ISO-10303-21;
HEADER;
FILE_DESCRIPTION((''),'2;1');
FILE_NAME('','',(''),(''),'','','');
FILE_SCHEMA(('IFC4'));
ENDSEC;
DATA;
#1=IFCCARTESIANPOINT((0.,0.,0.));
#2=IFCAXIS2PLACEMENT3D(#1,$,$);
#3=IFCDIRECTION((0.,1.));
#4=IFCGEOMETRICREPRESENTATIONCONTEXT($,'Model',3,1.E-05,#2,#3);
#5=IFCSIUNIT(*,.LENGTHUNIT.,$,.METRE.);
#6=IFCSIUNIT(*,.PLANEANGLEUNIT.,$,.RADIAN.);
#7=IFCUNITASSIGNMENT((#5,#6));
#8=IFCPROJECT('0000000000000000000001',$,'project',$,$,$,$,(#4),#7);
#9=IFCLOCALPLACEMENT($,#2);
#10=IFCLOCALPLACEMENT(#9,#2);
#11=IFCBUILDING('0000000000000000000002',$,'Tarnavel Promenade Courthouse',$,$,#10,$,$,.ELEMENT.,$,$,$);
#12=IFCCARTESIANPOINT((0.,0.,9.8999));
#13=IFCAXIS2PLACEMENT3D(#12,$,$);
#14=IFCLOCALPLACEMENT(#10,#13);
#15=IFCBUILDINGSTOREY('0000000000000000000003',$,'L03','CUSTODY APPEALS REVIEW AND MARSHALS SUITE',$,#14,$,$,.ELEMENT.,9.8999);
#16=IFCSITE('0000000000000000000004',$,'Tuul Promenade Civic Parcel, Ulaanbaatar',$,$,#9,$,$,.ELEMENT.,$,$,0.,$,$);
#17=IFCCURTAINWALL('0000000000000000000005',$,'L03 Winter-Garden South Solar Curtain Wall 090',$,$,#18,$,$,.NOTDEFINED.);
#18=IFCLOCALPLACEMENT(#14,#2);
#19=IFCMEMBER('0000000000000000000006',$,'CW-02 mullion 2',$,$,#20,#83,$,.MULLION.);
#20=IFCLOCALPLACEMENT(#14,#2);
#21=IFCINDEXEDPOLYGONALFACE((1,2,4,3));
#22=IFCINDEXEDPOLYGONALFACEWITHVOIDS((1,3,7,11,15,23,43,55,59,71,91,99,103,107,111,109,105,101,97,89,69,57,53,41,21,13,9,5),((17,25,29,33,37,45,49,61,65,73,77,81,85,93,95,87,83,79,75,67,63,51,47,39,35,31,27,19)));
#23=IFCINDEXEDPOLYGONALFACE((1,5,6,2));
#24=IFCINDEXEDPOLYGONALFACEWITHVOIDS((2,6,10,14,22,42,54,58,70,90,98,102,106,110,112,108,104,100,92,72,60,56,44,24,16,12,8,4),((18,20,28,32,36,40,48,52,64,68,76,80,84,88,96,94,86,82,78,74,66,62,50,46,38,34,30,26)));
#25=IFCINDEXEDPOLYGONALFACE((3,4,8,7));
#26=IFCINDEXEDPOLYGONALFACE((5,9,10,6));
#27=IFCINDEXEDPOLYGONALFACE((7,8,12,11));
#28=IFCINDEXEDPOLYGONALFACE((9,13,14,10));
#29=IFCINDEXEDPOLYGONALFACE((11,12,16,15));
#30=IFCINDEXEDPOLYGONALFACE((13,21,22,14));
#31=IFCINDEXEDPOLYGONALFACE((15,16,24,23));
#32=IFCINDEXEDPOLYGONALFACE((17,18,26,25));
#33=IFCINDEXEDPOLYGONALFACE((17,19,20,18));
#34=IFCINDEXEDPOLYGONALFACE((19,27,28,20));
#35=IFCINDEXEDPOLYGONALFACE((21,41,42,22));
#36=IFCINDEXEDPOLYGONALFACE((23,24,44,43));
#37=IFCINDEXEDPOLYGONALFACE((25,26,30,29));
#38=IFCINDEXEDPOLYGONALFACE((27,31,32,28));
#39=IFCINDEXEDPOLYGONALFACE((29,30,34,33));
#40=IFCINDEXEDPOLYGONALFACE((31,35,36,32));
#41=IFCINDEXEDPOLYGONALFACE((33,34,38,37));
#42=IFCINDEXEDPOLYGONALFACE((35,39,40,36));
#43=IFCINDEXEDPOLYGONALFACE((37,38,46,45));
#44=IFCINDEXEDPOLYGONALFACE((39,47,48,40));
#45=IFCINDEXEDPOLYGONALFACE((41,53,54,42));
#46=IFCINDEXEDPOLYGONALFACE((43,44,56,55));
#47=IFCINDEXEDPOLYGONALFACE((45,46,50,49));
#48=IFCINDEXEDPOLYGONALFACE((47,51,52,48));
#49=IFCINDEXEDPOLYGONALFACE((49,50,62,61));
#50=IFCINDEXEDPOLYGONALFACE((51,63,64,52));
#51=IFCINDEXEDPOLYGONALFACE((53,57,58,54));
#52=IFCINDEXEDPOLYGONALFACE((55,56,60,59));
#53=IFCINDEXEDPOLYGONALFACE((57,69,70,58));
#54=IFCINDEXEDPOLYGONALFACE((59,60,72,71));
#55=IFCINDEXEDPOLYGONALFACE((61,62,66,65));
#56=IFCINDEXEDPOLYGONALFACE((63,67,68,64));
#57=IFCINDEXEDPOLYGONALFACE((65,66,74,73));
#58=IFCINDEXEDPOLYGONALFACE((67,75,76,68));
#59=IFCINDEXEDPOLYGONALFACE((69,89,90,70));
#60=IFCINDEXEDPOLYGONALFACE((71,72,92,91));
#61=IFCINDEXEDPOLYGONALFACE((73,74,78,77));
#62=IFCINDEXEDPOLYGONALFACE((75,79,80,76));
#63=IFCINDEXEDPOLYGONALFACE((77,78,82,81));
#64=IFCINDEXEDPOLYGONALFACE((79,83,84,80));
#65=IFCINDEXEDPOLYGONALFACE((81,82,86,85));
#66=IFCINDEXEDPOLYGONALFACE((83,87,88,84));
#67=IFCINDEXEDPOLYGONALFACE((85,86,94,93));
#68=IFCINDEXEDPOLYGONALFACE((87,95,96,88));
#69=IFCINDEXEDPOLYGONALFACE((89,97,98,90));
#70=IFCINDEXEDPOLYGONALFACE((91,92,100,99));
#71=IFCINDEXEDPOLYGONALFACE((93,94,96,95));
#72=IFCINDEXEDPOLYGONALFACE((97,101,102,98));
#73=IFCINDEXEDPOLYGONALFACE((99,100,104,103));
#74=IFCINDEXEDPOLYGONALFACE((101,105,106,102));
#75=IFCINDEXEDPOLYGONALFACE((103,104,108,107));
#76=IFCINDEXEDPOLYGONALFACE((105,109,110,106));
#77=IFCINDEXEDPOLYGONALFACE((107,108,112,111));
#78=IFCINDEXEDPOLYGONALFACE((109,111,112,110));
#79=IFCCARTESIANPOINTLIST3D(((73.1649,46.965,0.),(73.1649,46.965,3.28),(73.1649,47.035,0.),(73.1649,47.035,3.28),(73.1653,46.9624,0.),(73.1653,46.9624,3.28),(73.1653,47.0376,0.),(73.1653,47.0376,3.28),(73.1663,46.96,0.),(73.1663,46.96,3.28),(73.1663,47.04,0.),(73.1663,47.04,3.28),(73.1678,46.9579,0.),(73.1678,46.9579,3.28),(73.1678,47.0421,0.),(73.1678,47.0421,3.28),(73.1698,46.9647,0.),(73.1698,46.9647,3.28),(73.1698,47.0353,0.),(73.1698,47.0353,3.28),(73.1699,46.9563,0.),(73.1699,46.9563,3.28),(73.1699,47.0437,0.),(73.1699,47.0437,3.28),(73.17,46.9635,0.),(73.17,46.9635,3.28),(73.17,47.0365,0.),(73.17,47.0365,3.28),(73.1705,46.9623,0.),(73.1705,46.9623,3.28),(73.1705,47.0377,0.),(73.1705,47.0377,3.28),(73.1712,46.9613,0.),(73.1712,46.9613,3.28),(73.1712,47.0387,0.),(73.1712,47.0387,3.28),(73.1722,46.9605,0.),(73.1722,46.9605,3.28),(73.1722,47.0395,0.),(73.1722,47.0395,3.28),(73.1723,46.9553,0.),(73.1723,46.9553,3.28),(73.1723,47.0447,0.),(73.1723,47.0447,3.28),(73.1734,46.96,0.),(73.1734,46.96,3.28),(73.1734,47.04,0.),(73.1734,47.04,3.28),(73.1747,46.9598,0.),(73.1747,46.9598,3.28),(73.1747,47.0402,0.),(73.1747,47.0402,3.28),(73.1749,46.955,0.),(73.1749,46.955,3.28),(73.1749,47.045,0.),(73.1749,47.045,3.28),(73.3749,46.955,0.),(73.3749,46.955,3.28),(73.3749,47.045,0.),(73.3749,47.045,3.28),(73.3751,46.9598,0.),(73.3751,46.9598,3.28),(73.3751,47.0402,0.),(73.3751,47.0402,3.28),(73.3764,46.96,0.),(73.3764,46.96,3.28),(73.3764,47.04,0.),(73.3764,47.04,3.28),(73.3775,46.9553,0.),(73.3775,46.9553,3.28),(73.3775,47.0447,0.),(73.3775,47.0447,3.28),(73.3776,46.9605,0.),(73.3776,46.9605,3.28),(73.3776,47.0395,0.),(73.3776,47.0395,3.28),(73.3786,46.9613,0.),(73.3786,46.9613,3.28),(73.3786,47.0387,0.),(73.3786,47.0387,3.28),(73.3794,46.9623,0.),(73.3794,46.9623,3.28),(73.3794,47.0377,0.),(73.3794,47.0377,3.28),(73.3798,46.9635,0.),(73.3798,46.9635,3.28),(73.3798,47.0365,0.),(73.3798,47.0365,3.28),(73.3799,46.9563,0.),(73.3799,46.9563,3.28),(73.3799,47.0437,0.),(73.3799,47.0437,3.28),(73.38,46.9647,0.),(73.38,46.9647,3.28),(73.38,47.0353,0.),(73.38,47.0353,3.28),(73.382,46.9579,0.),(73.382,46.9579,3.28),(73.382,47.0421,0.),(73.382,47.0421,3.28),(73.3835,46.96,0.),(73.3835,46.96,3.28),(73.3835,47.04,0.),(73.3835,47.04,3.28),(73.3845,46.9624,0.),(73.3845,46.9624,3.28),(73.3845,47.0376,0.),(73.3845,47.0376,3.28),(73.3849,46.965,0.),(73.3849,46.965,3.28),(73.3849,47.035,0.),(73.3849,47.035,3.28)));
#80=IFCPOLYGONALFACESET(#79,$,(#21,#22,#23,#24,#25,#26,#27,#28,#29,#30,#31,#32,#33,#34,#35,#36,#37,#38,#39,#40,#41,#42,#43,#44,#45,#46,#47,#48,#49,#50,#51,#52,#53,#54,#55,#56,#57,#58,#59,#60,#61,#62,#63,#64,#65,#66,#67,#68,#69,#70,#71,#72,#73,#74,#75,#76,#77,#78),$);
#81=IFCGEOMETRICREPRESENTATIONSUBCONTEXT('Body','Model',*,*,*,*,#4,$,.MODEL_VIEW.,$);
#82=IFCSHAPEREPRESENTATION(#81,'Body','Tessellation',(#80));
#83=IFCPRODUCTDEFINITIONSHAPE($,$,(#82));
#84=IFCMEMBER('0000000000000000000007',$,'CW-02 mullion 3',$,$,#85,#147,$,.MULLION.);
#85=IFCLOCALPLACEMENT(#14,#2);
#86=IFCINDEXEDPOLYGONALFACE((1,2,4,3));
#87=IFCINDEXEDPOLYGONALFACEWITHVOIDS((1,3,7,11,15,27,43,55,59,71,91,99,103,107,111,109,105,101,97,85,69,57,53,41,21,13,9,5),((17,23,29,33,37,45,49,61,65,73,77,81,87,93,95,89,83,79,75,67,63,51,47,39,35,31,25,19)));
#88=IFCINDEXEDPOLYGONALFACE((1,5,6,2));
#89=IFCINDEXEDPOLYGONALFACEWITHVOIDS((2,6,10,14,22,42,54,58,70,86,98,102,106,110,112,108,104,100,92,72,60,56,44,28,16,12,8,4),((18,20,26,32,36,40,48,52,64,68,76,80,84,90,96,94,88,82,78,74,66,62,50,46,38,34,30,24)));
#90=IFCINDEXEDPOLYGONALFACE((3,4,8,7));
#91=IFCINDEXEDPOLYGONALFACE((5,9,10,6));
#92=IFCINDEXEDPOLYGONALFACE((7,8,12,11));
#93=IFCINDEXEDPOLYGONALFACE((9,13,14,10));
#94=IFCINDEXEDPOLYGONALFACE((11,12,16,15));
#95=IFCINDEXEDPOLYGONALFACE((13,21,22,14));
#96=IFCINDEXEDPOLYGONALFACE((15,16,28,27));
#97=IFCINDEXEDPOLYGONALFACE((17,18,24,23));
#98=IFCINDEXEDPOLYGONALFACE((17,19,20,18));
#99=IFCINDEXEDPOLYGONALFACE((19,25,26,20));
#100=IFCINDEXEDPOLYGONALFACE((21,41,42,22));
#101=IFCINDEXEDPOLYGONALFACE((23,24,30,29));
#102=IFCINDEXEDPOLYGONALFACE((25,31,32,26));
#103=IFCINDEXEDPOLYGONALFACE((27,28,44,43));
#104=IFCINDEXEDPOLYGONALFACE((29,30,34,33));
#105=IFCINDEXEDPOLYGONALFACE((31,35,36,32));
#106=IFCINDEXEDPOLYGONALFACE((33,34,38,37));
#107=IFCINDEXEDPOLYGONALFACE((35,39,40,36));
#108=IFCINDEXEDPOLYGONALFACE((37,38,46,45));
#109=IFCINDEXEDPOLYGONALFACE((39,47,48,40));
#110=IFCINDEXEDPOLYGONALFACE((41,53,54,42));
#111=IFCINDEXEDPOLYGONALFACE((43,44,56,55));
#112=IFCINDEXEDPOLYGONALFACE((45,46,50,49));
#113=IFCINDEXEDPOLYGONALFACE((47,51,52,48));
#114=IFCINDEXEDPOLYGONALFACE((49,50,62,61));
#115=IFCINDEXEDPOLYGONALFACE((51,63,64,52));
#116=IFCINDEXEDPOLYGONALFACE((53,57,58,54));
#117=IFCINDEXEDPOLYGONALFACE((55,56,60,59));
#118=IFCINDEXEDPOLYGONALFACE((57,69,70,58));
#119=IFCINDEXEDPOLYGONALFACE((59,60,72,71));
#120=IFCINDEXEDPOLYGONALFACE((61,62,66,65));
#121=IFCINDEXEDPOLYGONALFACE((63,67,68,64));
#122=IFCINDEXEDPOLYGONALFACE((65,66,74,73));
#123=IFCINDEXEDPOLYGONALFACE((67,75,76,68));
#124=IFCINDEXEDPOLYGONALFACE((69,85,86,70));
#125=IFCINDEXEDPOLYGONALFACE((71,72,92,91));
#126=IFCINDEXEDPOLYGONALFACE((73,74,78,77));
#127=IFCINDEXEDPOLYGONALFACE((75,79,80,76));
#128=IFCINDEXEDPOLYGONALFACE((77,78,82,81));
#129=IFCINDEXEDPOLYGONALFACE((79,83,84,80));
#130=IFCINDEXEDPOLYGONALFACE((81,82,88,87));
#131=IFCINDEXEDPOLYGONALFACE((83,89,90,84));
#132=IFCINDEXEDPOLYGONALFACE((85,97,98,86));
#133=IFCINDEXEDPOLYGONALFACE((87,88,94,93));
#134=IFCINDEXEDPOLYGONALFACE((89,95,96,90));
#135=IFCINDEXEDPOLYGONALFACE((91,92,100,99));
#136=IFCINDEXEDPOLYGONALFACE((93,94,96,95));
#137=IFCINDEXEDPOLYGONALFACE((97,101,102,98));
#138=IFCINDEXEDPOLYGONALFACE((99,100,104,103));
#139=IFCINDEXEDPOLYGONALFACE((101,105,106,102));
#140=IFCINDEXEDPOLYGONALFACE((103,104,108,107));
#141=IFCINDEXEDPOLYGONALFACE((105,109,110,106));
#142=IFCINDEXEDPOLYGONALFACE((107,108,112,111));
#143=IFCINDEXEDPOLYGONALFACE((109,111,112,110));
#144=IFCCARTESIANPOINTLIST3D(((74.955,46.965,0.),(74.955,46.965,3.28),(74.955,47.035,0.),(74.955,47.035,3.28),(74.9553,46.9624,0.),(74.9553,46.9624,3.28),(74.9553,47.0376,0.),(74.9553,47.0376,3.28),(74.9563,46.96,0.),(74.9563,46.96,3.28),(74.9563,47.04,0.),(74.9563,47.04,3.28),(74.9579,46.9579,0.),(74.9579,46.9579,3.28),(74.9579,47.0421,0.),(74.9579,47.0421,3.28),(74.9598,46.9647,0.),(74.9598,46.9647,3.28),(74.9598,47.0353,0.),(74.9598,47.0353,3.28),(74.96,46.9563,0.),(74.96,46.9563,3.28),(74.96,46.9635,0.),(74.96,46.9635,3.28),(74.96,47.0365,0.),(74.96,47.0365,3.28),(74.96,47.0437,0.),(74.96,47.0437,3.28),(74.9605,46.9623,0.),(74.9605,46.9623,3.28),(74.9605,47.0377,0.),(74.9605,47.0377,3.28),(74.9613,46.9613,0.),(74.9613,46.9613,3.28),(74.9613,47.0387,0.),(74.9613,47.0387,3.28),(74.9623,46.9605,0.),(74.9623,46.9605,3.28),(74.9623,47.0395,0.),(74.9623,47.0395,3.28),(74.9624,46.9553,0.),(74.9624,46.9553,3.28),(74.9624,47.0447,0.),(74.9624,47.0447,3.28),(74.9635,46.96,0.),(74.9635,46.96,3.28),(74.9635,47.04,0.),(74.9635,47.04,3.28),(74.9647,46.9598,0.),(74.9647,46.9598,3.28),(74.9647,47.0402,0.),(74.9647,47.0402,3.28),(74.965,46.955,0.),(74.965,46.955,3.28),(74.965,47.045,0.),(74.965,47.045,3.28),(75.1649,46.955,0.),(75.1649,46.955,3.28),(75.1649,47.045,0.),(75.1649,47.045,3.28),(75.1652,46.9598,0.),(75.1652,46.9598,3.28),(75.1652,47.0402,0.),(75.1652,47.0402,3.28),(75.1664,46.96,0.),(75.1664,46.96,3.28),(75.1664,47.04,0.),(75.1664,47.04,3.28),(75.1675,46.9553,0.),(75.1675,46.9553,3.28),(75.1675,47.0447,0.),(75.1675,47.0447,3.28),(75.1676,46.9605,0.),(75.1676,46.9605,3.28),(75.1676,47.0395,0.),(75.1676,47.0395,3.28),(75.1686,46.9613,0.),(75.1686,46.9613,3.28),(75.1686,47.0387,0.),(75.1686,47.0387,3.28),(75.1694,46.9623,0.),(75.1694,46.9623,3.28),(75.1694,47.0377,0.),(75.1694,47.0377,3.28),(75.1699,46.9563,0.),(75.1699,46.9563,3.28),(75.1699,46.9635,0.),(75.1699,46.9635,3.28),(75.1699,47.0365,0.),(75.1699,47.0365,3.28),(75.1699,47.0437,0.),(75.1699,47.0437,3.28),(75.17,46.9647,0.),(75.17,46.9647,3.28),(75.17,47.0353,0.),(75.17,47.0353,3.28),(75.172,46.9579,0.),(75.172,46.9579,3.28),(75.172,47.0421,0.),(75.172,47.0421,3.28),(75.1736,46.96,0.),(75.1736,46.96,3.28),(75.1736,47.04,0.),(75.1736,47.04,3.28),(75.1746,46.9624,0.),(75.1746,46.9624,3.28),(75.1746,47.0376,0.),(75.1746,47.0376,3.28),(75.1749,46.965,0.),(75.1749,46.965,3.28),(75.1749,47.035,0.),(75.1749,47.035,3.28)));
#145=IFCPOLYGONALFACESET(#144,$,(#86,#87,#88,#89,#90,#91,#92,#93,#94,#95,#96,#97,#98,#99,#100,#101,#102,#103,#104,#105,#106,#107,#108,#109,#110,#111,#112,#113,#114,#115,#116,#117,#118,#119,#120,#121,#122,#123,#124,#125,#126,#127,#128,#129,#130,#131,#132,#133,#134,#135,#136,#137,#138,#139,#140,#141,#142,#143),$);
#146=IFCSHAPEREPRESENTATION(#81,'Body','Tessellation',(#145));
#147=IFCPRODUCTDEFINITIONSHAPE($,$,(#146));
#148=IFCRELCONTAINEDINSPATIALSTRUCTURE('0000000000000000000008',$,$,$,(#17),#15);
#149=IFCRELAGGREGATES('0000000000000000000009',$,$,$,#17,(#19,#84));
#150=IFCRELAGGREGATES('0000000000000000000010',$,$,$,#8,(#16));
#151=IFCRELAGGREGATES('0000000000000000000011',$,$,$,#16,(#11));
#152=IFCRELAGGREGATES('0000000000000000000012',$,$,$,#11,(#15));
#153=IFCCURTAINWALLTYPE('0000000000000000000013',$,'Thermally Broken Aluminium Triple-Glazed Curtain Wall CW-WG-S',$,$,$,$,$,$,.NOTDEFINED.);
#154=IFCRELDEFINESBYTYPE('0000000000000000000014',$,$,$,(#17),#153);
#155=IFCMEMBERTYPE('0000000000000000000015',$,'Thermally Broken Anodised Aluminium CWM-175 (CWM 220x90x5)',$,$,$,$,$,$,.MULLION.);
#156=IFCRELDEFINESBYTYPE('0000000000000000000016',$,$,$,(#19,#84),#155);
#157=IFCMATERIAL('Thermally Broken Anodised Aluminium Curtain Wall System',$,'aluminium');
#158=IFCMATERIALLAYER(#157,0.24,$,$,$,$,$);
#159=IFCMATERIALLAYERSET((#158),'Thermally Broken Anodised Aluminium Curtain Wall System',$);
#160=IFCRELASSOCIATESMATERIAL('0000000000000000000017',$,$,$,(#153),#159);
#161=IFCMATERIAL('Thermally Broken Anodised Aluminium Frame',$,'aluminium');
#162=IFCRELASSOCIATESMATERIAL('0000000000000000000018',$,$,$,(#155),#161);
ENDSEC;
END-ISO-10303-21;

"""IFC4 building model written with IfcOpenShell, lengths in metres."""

from ifc_helpers import new_model, si_unit, direction, frame, origin, origin_2d, place, context, subcontext, project, spatial, hollow_rectangle, extrude, material, layer, layer_set, material_profile, profile_set, type_object, element, aggregate, save


model = new_model("IFC4")

# Units and contexts
model_context = context("Model", 3, precision=1e-05, world=origin(), true_north=direction((0.0, 1.0)))
body_context = subcontext(model_context, "Body", "Model", "MODEL_VIEW")
ifc_project = project(units=[si_unit("LENGTHUNIT", "METRE"), si_unit("PLANEANGLEUNIT", "RADIAN")], contexts=[model_context])

# Site, building, storey
site_placement = place(None, origin())
site = spatial("IfcSite", under=ifc_project, at=site_placement, Name="Tuul Promenade Civic Parcel, Ulaanbaatar", CompositionType="ELEMENT", RefElevation=0.0)
building_placement = place(site_placement, origin())
building = spatial("IfcBuilding", under=site, at=building_placement, Name="Tarnavel Promenade Courthouse", CompositionType="ELEMENT")
storey_placement = place(building_placement, frame((0.0, 0.0, 9.8999)))
storey = spatial("IfcBuildingStorey", under=building, at=storey_placement, Name="L03", Description="CUSTODY APPEALS REVIEW AND MARSHALS SUITE", CompositionType="ELEMENT", Elevation=9.8999)

# Curtain wall, members
ifc_material_1 = material(Name="Thermally Broken Anodised Aluminium Curtain Wall System", Category="aluminium")
ifc_layer_1 = layer(ifc_material_1, 0.24)
ifc_layer_set_1 = layer_set([ifc_layer_1], Name="Thermally Broken Anodised Aluminium Curtain Wall System")
curtain_wall_type = type_object("IfcCurtainWallType", Name="Thermally Broken Aluminium Triple-Glazed Curtain Wall CW-WG-S", PredefinedType="NOTDEFINED", material=ifc_layer_set_1)
curtain_wall_1_placement = place(storey_placement, origin())
curtain_wall_1 = element("IfcCurtainWall", 1, at=curtain_wall_1_placement, inside=storey, type_object=curtain_wall_type, Name="L03 Winter-Garden South Solar Curtain Wall 090", PredefinedType="NOTDEFINED")
ifc_material_2 = material(Name="Thermally Broken Anodised Aluminium Frame", Category="aluminium")
ifc_material_profile_1 = material_profile(ifc_material_2, hollow_rectangle(XDim=0.0901, YDim=0.22, WallThickness=0.0049, InnerFilletRadius=0.0049, OuterFilletRadius=0.01, at=origin_2d()), Name="CWM 220x90x5")
ifc_profile_set_1 = profile_set([ifc_material_profile_1], Name="Thermally Broken Anodised Aluminium Frame")
member_type_1 = type_object("IfcMemberType", Name="Thermally Broken Anodised Aluminium CWM-175 (CWM 220x90x5)", PredefinedType="MULLION", material=ifc_profile_set_1)
member_1_placement = place(storey_placement, frame((73.2749, 47.0, 0.0), z_axis=(0.0, 0.0, 1.0), x_axis=(0.0, 1.0, 0.0)))
member_1 = element("IfcMember", 2, at=member_1_placement, type_object=member_type_1, Name="CW-02 mullion 2", PredefinedType="MULLION", context=body_context, shape_type="SweptSolid", body=[
    extrude(hollow_rectangle(XDim=0.0901, YDim=0.22, WallThickness=0.0049, InnerFilletRadius=0.0049, OuterFilletRadius=0.01, at=origin_2d()), origin(), (0.0, 0.0, 1.0), 3.28),
])
member_2_placement = place(storey_placement, frame((75.0649, 47.0, 0.0), z_axis=(0.0, 0.0, 1.0), x_axis=(0.0, 1.0, 0.0)))
member_2 = element("IfcMember", 3, at=member_2_placement, type_object=member_type_1, Name="CW-02 mullion 3", PredefinedType="MULLION", context=body_context, shape_type="SweptSolid", body=[
    extrude(hollow_rectangle(XDim=0.0901, YDim=0.22, WallThickness=0.0049, InnerFilletRadius=0.0049, OuterFilletRadius=0.01, at=origin_2d()), origin(), (0.0, 0.0, 1.0), 3.28),
])

aggregate(curtain_wall_1, [member_1, member_2])

save(model, "model.ifc")
